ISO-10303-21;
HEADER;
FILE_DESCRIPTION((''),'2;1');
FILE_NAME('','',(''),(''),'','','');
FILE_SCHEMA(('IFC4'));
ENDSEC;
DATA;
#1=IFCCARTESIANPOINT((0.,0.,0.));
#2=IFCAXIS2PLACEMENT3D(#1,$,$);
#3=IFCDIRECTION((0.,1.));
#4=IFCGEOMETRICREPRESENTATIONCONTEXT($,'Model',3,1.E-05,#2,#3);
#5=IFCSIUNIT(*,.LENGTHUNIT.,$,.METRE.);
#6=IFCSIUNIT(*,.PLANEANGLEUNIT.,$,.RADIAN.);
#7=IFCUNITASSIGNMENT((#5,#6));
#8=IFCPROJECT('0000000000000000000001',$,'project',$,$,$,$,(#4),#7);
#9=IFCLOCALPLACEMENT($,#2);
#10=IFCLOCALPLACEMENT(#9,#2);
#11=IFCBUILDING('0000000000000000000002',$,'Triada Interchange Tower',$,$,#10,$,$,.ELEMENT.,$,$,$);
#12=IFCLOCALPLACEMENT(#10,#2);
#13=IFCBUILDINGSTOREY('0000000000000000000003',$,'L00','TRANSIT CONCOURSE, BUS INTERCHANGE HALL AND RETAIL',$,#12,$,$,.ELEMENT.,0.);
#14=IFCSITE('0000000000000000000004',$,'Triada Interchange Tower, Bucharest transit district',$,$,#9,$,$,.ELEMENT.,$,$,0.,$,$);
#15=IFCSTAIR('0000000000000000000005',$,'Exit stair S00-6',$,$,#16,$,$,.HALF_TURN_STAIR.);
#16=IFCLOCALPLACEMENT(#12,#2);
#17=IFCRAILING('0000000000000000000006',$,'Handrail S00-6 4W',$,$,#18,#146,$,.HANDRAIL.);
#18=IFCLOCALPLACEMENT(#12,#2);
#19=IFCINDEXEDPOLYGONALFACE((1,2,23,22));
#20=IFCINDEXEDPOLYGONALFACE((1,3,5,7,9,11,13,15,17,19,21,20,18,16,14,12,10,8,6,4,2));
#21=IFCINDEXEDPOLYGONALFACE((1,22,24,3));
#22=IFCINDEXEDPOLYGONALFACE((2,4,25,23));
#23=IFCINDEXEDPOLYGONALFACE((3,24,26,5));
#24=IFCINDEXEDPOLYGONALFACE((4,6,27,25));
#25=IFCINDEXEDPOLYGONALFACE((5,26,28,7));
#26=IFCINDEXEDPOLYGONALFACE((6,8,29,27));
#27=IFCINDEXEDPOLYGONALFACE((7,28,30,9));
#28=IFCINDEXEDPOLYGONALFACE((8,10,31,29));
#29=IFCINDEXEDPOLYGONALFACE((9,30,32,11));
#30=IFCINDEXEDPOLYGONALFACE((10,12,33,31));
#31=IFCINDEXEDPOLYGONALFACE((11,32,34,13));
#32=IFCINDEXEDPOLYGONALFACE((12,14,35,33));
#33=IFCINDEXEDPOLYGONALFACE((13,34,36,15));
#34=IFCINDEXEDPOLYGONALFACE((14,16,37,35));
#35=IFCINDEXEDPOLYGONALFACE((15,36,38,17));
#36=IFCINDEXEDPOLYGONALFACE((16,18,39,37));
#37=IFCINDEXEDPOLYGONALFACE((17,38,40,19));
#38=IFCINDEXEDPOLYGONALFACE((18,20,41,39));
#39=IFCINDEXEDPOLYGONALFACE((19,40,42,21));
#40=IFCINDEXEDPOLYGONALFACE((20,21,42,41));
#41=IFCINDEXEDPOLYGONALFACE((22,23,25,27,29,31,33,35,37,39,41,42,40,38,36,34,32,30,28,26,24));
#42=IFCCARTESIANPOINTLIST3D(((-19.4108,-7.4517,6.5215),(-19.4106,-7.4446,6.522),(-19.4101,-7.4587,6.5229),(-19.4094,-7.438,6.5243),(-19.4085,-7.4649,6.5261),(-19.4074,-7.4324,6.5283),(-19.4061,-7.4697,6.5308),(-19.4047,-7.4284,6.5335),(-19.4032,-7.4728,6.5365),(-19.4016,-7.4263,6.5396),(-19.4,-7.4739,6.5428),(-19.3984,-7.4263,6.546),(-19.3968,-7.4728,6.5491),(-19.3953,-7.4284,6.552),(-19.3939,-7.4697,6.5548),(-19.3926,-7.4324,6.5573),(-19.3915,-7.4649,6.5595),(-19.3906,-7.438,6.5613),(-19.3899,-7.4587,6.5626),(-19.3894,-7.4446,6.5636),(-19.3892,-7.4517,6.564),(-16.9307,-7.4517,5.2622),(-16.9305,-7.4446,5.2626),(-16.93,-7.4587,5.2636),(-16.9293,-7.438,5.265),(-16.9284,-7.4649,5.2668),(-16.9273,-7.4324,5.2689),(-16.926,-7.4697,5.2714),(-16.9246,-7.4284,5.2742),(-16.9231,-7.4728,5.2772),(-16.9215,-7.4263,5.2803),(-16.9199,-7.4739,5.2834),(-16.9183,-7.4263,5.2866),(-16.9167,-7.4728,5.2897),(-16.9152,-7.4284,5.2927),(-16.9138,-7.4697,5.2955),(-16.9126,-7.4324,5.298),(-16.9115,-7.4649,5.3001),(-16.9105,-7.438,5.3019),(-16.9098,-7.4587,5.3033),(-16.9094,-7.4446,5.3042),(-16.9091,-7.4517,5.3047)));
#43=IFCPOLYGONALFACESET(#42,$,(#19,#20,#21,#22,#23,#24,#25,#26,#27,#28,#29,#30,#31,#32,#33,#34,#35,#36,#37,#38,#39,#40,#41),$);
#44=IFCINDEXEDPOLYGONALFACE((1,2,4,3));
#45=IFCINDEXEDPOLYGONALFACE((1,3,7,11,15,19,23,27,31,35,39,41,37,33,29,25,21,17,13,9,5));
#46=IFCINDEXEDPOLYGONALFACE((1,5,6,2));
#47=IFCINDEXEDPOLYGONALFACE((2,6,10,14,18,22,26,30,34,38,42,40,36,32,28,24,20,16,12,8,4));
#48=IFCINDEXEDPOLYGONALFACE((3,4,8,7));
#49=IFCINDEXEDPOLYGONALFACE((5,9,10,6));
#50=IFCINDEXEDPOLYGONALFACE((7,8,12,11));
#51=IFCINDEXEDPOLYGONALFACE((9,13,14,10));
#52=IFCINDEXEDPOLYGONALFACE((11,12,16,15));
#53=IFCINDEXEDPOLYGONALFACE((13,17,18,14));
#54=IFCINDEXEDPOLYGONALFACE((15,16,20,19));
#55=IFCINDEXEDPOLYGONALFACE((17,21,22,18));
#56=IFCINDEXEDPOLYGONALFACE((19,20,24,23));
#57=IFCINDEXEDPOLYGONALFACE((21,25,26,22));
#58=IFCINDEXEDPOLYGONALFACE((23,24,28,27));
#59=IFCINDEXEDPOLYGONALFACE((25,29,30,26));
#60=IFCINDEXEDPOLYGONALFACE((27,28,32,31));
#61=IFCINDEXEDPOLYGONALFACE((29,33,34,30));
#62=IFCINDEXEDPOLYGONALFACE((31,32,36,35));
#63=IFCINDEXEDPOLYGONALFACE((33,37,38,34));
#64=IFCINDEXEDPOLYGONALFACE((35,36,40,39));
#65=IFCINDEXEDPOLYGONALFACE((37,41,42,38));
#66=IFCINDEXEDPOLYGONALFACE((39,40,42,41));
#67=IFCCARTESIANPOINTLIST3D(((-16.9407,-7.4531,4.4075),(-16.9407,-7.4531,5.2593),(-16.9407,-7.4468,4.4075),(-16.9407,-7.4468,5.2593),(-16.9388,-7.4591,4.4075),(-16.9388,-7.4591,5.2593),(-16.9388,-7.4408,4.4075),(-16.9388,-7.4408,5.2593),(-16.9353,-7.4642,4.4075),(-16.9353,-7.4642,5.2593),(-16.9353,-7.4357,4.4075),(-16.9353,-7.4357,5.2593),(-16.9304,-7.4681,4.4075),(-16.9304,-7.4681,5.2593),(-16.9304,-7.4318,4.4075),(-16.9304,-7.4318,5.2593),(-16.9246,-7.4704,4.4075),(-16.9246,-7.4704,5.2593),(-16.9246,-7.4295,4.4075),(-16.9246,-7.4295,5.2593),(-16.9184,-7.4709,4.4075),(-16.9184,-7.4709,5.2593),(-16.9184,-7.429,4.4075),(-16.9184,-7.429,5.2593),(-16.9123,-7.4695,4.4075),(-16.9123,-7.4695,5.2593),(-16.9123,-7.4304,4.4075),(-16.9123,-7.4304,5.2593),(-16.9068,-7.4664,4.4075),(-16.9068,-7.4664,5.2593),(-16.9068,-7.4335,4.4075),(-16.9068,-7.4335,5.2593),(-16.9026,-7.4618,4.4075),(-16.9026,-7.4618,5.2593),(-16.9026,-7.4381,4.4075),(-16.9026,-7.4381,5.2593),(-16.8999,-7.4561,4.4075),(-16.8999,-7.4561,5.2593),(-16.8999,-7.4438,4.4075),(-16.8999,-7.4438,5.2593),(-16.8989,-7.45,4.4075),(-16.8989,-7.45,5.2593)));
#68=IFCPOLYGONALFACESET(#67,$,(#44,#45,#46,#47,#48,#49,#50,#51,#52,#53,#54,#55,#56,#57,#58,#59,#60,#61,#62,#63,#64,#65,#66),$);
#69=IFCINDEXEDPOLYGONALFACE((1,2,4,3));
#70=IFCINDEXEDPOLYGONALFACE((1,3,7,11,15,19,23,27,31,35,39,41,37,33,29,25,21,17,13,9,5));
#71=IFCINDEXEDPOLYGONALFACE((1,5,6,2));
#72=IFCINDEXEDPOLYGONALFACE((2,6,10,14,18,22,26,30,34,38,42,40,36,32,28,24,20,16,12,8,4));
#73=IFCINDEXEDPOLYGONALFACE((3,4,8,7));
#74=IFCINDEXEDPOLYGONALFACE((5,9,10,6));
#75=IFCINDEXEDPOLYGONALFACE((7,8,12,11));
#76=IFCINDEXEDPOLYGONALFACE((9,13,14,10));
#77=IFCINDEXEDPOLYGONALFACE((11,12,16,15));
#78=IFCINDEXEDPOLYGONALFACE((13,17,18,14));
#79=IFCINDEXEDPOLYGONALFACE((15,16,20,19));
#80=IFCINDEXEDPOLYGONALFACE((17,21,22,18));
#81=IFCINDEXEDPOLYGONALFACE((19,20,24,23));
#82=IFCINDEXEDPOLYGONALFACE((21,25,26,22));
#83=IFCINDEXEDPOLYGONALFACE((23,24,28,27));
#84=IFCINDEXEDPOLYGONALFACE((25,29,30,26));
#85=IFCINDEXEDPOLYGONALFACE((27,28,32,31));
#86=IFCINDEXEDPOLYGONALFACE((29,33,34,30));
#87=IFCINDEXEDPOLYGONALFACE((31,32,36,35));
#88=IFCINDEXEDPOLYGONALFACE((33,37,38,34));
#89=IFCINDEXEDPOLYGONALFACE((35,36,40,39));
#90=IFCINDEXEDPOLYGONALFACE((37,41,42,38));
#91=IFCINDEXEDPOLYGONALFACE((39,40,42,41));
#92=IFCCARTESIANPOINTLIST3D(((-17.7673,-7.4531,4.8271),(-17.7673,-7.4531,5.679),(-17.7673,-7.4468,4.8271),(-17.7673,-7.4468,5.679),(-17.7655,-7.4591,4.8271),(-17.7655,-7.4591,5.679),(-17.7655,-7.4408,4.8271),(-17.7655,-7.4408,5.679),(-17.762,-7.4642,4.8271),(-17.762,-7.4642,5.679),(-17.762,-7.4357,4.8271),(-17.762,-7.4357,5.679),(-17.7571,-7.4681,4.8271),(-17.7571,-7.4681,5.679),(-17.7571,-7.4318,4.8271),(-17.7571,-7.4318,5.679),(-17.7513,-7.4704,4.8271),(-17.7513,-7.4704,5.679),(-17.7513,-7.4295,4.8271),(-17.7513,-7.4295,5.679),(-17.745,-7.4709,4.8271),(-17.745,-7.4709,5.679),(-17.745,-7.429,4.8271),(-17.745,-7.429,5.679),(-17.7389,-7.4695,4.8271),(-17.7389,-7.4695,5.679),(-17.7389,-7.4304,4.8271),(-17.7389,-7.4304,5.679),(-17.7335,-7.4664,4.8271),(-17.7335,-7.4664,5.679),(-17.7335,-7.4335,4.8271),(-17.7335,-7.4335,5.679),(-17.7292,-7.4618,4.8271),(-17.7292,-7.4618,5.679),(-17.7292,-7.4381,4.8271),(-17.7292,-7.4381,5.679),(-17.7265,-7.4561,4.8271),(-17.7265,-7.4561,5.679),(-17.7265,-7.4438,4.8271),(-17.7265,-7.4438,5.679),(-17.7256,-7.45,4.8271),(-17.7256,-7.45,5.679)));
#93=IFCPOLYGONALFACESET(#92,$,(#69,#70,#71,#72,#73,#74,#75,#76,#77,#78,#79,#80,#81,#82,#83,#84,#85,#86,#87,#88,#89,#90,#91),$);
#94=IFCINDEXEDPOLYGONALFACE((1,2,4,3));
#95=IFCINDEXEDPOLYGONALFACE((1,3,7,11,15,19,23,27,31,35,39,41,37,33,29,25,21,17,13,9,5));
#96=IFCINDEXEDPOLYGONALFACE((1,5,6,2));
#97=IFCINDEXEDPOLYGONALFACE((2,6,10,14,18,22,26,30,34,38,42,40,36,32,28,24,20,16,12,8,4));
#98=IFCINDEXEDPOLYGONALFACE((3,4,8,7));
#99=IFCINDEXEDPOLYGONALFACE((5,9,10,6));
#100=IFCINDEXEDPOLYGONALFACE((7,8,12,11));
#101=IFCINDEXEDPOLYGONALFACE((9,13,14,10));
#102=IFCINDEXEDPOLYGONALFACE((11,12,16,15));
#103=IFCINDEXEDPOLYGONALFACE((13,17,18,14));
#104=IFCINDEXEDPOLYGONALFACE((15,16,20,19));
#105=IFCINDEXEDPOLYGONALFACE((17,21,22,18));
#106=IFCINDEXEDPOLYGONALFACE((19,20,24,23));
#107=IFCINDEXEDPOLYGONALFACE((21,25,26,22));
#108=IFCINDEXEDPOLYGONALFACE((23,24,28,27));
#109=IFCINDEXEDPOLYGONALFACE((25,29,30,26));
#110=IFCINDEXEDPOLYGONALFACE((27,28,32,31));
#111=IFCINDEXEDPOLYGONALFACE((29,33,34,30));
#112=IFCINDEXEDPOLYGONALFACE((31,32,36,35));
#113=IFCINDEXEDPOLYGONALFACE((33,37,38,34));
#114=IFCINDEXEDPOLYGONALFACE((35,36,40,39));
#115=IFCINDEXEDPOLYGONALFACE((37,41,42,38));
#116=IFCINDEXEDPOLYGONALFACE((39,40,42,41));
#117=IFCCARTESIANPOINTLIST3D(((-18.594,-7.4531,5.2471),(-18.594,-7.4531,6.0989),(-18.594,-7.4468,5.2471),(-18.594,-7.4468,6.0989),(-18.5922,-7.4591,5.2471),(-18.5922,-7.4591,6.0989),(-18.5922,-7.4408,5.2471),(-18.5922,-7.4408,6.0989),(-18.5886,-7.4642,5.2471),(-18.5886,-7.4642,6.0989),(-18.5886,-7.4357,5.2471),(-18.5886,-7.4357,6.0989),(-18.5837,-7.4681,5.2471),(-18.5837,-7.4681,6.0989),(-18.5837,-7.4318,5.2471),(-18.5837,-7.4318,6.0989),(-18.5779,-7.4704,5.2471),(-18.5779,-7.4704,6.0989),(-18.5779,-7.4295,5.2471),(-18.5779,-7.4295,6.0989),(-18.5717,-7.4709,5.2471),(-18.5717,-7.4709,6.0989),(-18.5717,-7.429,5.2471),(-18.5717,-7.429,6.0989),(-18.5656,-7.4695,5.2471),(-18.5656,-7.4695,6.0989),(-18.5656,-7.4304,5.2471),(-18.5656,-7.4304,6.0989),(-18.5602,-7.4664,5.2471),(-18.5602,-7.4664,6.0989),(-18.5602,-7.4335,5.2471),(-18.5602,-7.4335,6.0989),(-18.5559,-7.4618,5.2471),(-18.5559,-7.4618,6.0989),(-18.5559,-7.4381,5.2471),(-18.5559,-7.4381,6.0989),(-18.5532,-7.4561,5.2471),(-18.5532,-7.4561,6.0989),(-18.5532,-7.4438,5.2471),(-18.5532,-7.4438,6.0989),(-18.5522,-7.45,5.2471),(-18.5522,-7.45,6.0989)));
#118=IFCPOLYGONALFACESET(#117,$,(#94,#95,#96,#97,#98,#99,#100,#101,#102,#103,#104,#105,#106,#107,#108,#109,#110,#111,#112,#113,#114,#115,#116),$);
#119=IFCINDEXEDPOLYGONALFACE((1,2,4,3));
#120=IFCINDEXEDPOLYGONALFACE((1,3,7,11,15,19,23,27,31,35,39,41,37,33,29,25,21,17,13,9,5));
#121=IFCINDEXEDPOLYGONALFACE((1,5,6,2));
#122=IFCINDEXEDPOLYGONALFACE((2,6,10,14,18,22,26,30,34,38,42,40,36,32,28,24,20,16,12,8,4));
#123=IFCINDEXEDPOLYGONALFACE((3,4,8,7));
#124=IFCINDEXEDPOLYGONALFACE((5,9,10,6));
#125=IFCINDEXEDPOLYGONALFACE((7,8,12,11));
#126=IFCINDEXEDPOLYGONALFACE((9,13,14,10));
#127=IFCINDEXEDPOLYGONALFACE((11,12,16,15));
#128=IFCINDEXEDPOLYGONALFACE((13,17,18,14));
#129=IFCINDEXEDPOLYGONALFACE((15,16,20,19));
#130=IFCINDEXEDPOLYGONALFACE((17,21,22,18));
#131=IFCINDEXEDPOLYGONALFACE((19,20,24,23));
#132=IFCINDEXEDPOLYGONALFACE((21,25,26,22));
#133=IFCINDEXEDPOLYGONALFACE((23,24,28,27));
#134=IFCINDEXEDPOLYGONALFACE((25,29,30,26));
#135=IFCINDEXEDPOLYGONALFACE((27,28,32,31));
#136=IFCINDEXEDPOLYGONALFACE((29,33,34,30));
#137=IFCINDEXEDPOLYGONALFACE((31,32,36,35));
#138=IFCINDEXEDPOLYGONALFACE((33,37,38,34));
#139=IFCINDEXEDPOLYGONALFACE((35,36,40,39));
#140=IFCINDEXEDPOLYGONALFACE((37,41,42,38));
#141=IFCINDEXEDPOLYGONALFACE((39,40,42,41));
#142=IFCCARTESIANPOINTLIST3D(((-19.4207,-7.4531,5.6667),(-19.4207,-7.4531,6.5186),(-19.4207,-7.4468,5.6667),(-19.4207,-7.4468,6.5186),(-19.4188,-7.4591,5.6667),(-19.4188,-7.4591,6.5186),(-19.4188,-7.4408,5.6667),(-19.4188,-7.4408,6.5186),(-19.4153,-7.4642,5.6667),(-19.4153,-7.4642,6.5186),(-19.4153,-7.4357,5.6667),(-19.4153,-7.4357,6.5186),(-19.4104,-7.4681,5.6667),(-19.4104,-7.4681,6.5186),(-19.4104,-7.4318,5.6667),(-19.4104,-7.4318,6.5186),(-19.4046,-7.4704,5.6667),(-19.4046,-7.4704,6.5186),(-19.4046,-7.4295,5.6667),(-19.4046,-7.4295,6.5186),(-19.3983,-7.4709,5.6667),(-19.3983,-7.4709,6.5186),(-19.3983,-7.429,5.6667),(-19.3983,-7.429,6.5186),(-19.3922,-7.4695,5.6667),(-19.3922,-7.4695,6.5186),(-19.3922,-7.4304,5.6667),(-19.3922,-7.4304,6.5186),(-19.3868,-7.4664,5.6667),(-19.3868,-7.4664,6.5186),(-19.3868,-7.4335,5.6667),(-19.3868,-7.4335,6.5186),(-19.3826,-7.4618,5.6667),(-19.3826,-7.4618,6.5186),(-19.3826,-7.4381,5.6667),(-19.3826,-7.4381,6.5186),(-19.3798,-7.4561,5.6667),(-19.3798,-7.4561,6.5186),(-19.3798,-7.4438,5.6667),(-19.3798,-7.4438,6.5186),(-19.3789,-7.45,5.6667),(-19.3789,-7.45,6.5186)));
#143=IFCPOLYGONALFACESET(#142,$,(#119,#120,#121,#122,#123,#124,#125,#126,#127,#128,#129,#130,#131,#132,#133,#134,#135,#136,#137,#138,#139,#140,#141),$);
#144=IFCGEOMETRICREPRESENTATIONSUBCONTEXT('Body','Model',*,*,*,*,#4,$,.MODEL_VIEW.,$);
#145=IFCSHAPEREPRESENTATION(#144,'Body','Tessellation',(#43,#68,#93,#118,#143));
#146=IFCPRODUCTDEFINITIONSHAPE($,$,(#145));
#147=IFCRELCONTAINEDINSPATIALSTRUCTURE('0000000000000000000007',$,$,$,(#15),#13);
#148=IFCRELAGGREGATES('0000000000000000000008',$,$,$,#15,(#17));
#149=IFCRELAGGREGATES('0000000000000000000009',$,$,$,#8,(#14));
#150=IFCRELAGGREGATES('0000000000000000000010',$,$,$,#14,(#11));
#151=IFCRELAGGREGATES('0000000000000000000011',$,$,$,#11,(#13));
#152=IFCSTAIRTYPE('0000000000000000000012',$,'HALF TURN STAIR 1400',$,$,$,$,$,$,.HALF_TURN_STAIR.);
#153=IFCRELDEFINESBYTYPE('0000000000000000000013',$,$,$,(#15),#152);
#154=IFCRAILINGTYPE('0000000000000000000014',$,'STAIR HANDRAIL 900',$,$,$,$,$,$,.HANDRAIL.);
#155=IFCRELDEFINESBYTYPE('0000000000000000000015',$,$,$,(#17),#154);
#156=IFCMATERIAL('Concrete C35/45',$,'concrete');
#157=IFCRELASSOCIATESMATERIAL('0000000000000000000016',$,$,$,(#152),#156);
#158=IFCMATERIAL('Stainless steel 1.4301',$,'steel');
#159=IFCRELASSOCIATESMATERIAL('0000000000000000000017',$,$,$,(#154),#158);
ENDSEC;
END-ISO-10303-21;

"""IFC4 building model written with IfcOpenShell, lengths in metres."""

from ifc_helpers import new_model, si_unit, direction, frame, origin, origin_2d, place, context, subcontext, project, spatial, circle, extrude, material, type_object, element, aggregate, save


model = new_model("IFC4")

# Units and contexts
model_context = context("Model", 3, precision=1e-05, world=origin(), true_north=direction((0.0, 1.0)))
body_context = subcontext(model_context, "Body", "Model", "MODEL_VIEW")
ifc_project = project(units=[si_unit("LENGTHUNIT", "METRE"), si_unit("PLANEANGLEUNIT", "RADIAN")], contexts=[model_context])

# Site, building, storey
site_placement = place(None, origin())
site = spatial("IfcSite", under=ifc_project, at=site_placement, Name="Triada Interchange Tower, Bucharest transit district", CompositionType="ELEMENT", RefElevation=0.0)
building_placement = place(site_placement, origin())
building = spatial("IfcBuilding", under=site, at=building_placement, Name="Triada Interchange Tower", CompositionType="ELEMENT")
storey_placement = place(building_placement, origin())
storey = spatial("IfcBuildingStorey", under=building, at=storey_placement, Name="L00", Description="TRANSIT CONCOURSE, BUS INTERCHANGE HALL AND RETAIL", CompositionType="ELEMENT", Elevation=0.0)

# Shared definitions
ifc_material_1 = material(Name="Concrete C35/45", Category="concrete")

# Stair, railing
stair_type = type_object("IfcStairType", Name="HALF TURN STAIR 1400", PredefinedType="HALF_TURN_STAIR", material=ifc_material_1)
stair_placement = place(storey_placement, origin())
stair = element("IfcStair", 1, at=stair_placement, inside=storey, type_object=stair_type, Name="Exit stair S00-6", PredefinedType="HALF_TURN_STAIR")
ifc_material_2 = material(Name="Stainless steel 1.4301", Category="steel")
railing_type_1 = type_object("IfcRailingType", Name="STAIR HANDRAIL 900", PredefinedType="HANDRAIL", material=ifc_material_2)
railing_1_placement = place(storey_placement, frame((-16.9199, -7.45, 4.4075)))
railing_1 = element("IfcRailing", 2, at=railing_1_placement, type_object=railing_type_1, Name="Handrail S00-6 4W", PredefinedType="HANDRAIL", context=body_context, shape_type="SweptSolid", body=[
    extrude(circle(Radius=0.0239, at=origin_2d()), frame((0.0, 0.0, 0.876), z_axis=(-0.891636, 0.0, 0.452752), x_axis=(0.0, -1.0, 0.0)), (0.0, 0.0, 1.0), 2.7815),
    extrude(circle(Radius=0.021, at=origin_2d()), origin(), (0.0, 0.0, 1.0), 0.8518),
    extrude(circle(Radius=0.021, at=origin_2d()), frame((-0.8267, 0.0, 0.4197)), (0.0, 0.0, 1.0), 0.8518),
    extrude(circle(Radius=0.021, at=origin_2d()), frame((-1.6533, 0.0, 0.8396)), (0.0, 0.0, 1.0), 0.8518),
    extrude(circle(Radius=0.021, at=origin_2d()), frame((-2.48, 0.0, 1.2593)), (0.0, 0.0, 1.0), 0.8518),
])
aggregate(stair, [railing_1])

save(model, "model.ifc")
